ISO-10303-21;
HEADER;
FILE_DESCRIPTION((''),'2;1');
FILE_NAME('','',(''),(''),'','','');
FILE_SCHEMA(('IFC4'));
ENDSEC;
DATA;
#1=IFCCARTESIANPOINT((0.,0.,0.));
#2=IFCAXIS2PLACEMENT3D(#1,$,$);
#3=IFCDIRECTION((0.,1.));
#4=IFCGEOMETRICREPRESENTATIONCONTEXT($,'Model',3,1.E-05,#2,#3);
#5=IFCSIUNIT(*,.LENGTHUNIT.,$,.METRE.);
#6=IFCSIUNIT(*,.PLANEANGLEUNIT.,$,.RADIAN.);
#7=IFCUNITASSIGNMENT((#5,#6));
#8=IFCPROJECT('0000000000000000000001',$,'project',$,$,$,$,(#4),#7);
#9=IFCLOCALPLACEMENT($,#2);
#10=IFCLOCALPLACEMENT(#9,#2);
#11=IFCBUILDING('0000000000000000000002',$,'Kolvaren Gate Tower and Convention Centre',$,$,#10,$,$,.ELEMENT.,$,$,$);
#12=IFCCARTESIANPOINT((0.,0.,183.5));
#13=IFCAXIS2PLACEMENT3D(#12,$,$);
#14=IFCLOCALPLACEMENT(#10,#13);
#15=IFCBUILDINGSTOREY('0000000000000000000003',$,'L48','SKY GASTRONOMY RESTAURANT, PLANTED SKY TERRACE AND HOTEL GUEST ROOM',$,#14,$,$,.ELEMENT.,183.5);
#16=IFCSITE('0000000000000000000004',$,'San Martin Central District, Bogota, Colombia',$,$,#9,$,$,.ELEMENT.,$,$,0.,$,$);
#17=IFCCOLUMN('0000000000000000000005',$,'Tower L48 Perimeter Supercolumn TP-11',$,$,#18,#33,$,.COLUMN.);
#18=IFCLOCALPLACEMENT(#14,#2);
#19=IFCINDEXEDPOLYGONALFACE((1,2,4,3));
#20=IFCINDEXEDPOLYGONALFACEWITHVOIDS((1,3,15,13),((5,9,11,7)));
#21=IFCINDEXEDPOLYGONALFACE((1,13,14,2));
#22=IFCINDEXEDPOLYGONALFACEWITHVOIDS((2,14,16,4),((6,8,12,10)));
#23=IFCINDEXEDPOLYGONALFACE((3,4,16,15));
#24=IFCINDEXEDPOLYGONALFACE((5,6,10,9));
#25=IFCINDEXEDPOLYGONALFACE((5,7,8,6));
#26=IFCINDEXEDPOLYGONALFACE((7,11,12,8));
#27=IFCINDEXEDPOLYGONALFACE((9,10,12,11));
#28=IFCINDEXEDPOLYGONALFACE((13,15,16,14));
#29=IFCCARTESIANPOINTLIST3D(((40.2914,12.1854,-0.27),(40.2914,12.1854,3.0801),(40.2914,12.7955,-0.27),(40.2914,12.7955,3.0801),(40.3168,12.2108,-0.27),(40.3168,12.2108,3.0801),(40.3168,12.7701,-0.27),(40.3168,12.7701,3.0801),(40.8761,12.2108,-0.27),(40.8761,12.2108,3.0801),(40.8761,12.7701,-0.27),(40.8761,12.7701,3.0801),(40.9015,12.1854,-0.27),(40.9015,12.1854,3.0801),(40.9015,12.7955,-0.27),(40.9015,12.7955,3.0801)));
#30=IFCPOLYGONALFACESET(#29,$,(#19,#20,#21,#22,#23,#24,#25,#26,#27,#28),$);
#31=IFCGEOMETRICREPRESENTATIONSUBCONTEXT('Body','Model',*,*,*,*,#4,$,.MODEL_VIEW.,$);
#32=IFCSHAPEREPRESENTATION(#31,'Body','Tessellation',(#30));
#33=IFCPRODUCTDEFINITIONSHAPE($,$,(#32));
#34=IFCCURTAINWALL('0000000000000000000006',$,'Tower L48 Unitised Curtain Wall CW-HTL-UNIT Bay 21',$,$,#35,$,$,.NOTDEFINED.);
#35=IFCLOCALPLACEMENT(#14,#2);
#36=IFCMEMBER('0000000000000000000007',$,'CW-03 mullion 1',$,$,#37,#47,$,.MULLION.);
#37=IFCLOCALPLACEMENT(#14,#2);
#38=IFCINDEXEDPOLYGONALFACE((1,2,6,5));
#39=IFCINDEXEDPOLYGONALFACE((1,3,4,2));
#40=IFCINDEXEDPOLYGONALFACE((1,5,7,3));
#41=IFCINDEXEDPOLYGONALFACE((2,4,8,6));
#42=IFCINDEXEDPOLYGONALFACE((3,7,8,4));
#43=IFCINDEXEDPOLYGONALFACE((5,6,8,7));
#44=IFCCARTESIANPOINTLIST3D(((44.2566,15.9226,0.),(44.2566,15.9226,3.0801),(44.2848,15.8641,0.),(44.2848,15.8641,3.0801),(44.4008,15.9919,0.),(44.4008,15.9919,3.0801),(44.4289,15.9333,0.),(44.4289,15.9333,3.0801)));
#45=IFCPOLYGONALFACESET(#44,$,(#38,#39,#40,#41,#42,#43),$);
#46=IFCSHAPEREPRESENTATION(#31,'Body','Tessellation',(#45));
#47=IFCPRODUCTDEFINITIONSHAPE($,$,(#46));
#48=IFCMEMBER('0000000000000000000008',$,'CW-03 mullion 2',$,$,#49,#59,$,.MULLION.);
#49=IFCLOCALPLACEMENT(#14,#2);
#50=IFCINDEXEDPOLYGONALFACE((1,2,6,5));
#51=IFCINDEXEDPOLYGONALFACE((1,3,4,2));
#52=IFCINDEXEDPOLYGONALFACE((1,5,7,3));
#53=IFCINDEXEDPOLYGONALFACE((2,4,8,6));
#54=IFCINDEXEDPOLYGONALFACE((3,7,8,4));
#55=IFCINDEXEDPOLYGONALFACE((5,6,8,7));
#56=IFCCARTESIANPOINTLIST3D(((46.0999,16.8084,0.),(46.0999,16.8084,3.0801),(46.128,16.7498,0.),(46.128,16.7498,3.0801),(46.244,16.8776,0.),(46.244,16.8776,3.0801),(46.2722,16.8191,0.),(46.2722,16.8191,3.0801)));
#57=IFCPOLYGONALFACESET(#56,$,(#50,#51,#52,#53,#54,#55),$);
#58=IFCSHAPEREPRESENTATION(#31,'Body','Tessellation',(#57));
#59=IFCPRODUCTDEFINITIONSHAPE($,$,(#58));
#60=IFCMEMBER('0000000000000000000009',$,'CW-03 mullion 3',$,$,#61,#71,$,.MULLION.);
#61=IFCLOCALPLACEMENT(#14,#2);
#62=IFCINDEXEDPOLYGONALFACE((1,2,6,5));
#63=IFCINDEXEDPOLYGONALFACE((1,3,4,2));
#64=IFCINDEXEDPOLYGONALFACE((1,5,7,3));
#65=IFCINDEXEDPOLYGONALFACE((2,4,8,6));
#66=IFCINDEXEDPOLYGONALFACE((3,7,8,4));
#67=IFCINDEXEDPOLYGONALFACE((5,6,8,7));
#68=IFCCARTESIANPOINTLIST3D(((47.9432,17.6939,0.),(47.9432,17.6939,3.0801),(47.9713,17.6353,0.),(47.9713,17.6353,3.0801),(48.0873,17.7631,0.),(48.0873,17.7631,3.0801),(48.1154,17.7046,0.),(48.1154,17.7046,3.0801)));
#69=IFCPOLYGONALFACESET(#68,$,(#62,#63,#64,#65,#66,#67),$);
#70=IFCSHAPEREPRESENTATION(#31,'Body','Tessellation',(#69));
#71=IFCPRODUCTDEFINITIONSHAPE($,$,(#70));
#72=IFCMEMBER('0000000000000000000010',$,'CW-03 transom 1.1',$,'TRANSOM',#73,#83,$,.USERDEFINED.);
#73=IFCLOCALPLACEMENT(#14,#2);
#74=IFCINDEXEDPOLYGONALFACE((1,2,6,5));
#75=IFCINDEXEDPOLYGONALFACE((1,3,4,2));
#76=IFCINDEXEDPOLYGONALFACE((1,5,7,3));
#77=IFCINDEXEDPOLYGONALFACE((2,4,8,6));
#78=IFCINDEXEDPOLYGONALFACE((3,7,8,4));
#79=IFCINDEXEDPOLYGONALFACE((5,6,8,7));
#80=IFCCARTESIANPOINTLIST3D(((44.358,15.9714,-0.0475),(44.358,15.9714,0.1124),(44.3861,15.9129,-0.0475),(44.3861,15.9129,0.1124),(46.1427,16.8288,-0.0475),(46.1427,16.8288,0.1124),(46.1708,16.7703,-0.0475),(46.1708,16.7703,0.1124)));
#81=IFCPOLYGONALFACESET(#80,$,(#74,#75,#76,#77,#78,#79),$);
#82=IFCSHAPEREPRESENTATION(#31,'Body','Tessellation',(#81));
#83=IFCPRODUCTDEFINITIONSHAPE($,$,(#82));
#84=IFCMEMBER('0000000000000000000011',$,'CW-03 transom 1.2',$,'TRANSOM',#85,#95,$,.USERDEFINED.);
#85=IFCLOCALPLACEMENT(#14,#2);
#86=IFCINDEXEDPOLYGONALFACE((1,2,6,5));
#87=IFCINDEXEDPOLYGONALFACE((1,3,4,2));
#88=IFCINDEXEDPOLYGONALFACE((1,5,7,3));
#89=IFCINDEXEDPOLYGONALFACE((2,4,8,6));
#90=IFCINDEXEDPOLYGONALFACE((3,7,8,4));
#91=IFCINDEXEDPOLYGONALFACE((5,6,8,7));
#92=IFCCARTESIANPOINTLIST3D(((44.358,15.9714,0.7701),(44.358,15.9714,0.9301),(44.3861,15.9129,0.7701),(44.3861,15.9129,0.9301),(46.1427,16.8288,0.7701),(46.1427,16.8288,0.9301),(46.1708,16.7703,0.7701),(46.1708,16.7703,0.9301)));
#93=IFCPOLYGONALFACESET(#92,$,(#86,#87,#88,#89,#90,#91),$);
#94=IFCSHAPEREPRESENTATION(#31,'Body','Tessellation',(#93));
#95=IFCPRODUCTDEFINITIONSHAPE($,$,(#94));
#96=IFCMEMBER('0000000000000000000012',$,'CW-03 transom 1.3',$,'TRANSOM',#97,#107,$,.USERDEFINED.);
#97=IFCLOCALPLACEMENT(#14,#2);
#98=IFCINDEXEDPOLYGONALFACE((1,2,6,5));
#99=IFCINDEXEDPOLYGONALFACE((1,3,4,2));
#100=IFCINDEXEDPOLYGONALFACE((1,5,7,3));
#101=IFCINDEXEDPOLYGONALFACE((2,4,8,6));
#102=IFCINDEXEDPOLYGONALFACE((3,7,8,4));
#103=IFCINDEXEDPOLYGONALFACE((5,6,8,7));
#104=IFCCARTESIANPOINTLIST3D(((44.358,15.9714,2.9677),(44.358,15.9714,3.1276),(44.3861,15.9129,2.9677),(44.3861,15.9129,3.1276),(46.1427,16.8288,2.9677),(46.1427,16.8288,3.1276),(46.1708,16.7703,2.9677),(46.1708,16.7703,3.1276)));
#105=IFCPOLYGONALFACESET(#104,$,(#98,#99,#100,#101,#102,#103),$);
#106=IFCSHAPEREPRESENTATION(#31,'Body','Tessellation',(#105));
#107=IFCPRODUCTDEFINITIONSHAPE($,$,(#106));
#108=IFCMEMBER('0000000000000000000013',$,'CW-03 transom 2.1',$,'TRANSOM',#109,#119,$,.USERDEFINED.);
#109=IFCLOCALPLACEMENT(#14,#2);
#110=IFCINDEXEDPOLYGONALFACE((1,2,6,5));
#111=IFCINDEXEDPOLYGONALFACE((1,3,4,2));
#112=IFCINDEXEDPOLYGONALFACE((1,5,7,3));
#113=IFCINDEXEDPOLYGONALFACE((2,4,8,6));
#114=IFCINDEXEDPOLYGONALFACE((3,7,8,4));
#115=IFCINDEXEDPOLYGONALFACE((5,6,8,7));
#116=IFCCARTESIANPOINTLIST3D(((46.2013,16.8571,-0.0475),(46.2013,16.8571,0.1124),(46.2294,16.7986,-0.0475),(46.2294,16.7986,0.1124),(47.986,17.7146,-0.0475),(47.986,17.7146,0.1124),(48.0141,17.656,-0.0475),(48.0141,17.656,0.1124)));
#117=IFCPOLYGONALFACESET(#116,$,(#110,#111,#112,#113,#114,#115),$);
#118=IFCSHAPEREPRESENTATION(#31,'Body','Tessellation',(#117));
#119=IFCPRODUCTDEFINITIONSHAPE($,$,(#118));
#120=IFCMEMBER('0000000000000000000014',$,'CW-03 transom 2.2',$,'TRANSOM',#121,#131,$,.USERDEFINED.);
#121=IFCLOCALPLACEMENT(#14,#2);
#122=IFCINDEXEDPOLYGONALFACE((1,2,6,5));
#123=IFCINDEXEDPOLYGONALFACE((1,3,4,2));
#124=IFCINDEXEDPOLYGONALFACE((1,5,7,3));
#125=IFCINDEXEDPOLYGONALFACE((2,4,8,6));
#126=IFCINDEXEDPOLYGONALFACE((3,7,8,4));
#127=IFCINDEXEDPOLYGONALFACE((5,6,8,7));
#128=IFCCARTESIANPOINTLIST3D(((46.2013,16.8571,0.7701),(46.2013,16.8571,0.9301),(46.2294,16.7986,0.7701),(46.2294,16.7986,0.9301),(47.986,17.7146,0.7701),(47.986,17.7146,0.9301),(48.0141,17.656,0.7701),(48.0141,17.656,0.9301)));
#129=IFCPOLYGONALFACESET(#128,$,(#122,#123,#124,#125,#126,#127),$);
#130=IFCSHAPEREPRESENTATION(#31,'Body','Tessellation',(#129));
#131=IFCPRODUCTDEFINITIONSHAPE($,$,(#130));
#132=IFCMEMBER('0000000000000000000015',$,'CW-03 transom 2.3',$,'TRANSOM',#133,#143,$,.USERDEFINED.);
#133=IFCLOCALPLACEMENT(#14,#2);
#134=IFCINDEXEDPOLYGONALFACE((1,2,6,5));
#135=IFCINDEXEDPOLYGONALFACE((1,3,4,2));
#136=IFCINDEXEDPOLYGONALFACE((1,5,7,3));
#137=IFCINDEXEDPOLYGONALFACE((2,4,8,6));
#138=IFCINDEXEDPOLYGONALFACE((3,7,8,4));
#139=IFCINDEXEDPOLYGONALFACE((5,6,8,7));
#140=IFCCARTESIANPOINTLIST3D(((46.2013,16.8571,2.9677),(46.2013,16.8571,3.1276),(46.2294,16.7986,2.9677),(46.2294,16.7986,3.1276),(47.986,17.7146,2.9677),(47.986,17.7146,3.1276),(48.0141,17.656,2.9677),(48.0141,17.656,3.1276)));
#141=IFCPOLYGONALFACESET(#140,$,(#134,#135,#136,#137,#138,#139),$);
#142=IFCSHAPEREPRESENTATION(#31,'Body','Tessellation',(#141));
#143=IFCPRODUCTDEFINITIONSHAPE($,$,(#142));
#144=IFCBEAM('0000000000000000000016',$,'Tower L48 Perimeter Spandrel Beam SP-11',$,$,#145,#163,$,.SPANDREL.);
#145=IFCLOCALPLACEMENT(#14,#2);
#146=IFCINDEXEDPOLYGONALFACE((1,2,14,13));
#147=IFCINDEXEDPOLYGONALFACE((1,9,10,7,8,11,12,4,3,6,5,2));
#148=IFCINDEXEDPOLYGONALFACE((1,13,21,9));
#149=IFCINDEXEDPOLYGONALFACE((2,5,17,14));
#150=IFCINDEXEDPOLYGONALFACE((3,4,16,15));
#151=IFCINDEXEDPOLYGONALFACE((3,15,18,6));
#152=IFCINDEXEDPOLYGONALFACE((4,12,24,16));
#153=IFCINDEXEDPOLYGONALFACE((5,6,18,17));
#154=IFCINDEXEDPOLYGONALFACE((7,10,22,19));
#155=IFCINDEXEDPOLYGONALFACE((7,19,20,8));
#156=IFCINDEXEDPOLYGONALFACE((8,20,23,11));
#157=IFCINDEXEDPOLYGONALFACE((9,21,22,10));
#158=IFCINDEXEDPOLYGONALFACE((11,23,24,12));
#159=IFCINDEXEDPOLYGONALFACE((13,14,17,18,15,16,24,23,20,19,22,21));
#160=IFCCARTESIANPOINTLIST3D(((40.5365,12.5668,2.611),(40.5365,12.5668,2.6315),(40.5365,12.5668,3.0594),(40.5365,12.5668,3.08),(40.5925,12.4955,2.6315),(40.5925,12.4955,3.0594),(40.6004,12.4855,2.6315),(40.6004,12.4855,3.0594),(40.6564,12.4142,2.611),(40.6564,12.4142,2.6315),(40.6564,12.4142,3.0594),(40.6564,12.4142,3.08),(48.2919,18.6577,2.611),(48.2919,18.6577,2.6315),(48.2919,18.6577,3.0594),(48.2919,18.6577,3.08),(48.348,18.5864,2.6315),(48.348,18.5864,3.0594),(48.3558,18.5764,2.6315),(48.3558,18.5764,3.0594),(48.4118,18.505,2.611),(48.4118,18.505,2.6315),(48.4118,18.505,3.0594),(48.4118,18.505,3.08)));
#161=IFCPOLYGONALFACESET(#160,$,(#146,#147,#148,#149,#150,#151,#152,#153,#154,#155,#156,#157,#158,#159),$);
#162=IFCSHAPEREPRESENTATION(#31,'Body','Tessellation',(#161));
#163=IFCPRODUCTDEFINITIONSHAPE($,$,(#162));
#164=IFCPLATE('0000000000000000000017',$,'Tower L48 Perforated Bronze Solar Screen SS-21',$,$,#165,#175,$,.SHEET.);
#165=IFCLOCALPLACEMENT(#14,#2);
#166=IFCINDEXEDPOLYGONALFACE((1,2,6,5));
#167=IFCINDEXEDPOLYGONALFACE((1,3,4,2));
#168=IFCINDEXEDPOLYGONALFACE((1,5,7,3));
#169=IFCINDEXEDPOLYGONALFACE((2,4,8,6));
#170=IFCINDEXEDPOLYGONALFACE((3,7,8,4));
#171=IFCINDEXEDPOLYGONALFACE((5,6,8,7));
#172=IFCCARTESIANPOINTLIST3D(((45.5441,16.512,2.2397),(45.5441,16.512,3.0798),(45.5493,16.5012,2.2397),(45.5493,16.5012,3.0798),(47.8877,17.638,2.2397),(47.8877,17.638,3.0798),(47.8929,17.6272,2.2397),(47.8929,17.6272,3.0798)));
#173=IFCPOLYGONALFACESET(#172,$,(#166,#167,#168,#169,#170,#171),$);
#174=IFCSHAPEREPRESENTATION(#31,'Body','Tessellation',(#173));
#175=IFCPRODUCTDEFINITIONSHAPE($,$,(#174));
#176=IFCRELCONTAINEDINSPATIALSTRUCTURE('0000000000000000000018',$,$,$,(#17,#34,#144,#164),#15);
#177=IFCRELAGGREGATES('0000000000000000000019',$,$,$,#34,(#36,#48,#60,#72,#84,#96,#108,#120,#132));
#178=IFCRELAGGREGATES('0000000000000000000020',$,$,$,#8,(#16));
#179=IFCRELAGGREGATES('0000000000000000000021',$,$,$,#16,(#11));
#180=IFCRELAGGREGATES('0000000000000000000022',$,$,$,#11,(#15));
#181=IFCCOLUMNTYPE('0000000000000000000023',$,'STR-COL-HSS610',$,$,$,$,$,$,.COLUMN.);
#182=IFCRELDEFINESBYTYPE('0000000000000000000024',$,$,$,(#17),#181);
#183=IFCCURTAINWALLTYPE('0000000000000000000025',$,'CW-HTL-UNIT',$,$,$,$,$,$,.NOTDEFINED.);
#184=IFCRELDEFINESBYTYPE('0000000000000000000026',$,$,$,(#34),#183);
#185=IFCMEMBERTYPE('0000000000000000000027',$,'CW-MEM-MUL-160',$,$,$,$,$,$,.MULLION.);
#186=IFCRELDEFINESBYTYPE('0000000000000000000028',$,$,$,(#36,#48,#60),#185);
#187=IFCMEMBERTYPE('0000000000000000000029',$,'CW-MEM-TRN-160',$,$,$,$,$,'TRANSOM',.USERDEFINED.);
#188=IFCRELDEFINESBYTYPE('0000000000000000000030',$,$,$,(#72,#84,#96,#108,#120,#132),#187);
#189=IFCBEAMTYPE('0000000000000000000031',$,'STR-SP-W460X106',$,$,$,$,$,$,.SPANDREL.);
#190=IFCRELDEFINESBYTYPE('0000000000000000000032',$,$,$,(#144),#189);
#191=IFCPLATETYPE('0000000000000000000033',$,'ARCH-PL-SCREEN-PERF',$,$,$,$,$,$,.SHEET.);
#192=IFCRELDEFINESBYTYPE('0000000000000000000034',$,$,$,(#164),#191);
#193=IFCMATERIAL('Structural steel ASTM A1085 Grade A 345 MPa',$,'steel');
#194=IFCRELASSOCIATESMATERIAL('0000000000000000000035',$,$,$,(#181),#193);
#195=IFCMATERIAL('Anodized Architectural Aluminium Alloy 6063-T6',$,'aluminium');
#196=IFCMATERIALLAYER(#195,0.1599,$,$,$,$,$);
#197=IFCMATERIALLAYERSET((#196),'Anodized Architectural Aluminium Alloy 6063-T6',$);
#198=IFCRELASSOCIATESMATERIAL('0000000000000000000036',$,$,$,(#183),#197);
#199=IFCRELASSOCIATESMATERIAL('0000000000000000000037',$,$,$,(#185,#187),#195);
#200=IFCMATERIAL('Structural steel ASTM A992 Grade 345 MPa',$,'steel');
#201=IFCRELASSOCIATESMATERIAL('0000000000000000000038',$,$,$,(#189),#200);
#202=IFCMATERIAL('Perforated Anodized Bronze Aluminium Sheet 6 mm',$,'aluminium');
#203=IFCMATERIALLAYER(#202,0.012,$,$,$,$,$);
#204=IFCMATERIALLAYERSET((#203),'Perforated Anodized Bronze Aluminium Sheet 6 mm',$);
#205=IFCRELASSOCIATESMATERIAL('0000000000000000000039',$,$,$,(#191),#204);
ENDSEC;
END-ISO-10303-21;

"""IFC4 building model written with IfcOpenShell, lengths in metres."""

from ifc_helpers import new_model, si_unit, direction, frame, origin, origin_2d, place, context, subcontext, project, spatial, rectangle, hollow_rectangle, i_section, extrude, material, layer, layer_set, material_profile, profile_set, type_object, element, aggregate, save


model = new_model("IFC4")

# Units and contexts
model_context = context("Model", 3, precision=1e-05, world=origin(), true_north=direction((0.0, 1.0)))
body_context = subcontext(model_context, "Body", "Model", "MODEL_VIEW")
ifc_project = project(units=[si_unit("LENGTHUNIT", "METRE"), si_unit("PLANEANGLEUNIT", "RADIAN")], contexts=[model_context])

# Site, building, storey
site_placement = place(None, origin())
site = spatial("IfcSite", under=ifc_project, at=site_placement, Name="San Martin Central District, Bogota, Colombia", CompositionType="ELEMENT", RefElevation=0.0)
building_placement = place(site_placement, origin())
building = spatial("IfcBuilding", under=site, at=building_placement, Name="Kolvaren Gate Tower and Convention Centre", CompositionType="ELEMENT")
storey_placement = place(building_placement, frame((0.0, 0.0, 183.5)))
storey = spatial("IfcBuildingStorey", under=building, at=storey_placement, Name="L48", Description="SKY GASTRONOMY RESTAURANT, PLANTED SKY TERRACE AND HOTEL GUEST ROOM", CompositionType="ELEMENT", Elevation=183.5)

# Column
ifc_material_1 = material(Name="Structural steel ASTM A1085 Grade A 345 MPa", Category="steel")
ifc_material_profile_1 = material_profile(ifc_material_1, hollow_rectangle(XDim=0.6101, YDim=0.6101, WallThickness=0.0254, at=origin_2d()), Name="HSS610X610X25.4")
ifc_profile_set_1 = profile_set([ifc_material_profile_1], Name="Structural steel ASTM A1085 Grade A 345 MPa")
column_type = type_object("IfcColumnType", Name="STR-COL-HSS610", PredefinedType="COLUMN", material=ifc_profile_set_1)
column_placement = place(storey_placement, frame((40.5964, 12.4905, -0.27), z_axis=(0.0, 0.0, 1.0), x_axis=(1.0, 0.0, 0.0)))
element("IfcColumn", 1, at=column_placement, inside=storey, type_object=column_type, Name="Tower L48 Perimeter Supercolumn TP-11", PredefinedType="COLUMN", context=body_context, shape_type="SweptSolid", body=[
    extrude(hollow_rectangle(XDim=0.6101, YDim=0.6101, WallThickness=0.0254, at=origin_2d()), origin(), (0.0, 0.0, 1.0), 3.3501),
])

# Curtain wall, members
ifc_material_2 = material(Name="Anodized Architectural Aluminium Alloy 6063-T6", Category="aluminium")
ifc_layer_1 = layer(ifc_material_2, 0.1599)
ifc_layer_set_1 = layer_set([ifc_layer_1], Name="Anodized Architectural Aluminium Alloy 6063-T6")
curtain_wall_type = type_object("IfcCurtainWallType", Name="CW-HTL-UNIT", PredefinedType="NOTDEFINED", material=ifc_layer_set_1)
curtain_wall_placement = place(storey_placement, origin())
curtain_wall = element("IfcCurtainWall", 2, at=curtain_wall_placement, inside=storey, type_object=curtain_wall_type, Name="Tower L48 Unitised Curtain Wall CW-HTL-UNIT Bay 21", PredefinedType="NOTDEFINED")
ifc_material_profile_2 = material_profile(ifc_material_2, rectangle(XDim=0.0649, YDim=0.1599, at=origin_2d()), Name="CW-MEM-MUL-160")
ifc_profile_set_2 = profile_set([ifc_material_profile_2], Name="Anodized Architectural Aluminium Alloy 6063-T6")
member_type_1 = type_object("IfcMemberType", Name="CW-MEM-MUL-160", PredefinedType="MULLION", material=ifc_profile_set_2)
member_1_placement = place(storey_placement, frame((44.3428, 15.928, 0.0), z_axis=(0.0, 0.0, 1.0), x_axis=(-0.433074, 0.901358, 0.0)))
member_1 = element("IfcMember", 3, at=member_1_placement, type_object=member_type_1, Name="CW-03 mullion 1", PredefinedType="MULLION", context=body_context, shape_type="SweptSolid", body=[
    extrude(rectangle(XDim=0.0649, YDim=0.1599, at=origin_2d()), origin(), (0.0, 0.0, 1.0), 3.0801),
])
member_2_placement = place(storey_placement, frame((46.186, 16.8137, 0.0), z_axis=(0.0, 0.0, 1.0), x_axis=(-0.433074, 0.901358, 0.0)))
member_2 = element("IfcMember", 4, at=member_2_placement, type_object=member_type_1, Name="CW-03 mullion 2", PredefinedType="MULLION", context=body_context, shape_type="SweptSolid", body=[
    extrude(rectangle(XDim=0.0649, YDim=0.1599, at=origin_2d()), origin(), (0.0, 0.0, 1.0), 3.0801),
])
member_3_placement = place(storey_placement, frame((48.0293, 17.6992, 0.0), z_axis=(0.0, 0.0, 1.0), x_axis=(-0.433074, 0.901358, 0.0)))
member_3 = element("IfcMember", 5, at=member_3_placement, type_object=member_type_1, Name="CW-03 mullion 3", PredefinedType="MULLION", context=body_context, shape_type="SweptSolid", body=[
    extrude(rectangle(XDim=0.0649, YDim=0.1599, at=origin_2d()), origin(), (0.0, 0.0, 1.0), 3.0801),
])
ifc_material_profile_3 = material_profile(ifc_material_2, rectangle(XDim=0.0649, YDim=0.1599, at=origin_2d()), Name="CW-MEM-TRN-160")
ifc_profile_set_3 = profile_set([ifc_material_profile_3], Name="Anodized Architectural Aluminium Alloy 6063-T6")
member_type_2 = type_object("IfcMemberType", Name="CW-MEM-TRN-160", ElementType="TRANSOM", PredefinedType="USERDEFINED", material=ifc_profile_set_3)
member_4_placement = place(storey_placement, frame((44.3721, 15.9421, 0.0325), z_axis=(0.901369, 0.433052, 0.0), x_axis=(-0.433052, 0.901369, 0.0)))
member_4 = element("IfcMember", 6, at=member_4_placement, type_object=member_type_2, Name="CW-03 transom 1.1", ObjectType="TRANSOM", PredefinedType="USERDEFINED", context=body_context, shape_type="SweptSolid", body=[
    extrude(rectangle(XDim=0.0649, YDim=0.1599, at=origin_2d()), origin(), (0.0, 0.0, 1.0), 1.98),
])
member_5_placement = place(storey_placement, frame((44.3721, 15.9421, 0.8501), z_axis=(0.901369, 0.433052, 0.0), x_axis=(-0.433052, 0.901369, 0.0)))
member_5 = element("IfcMember", 7, at=member_5_placement, type_object=member_type_2, Name="CW-03 transom 1.2", ObjectType="TRANSOM", PredefinedType="USERDEFINED", context=body_context, shape_type="SweptSolid", body=[
    extrude(rectangle(XDim=0.0649, YDim=0.1599, at=origin_2d()), origin(), (0.0, 0.0, 1.0), 1.98),
])
member_6_placement = place(storey_placement, frame((44.3721, 15.9421, 3.0476), z_axis=(0.901369, 0.433052, 0.0), x_axis=(-0.433052, 0.901369, 0.0)))
member_6 = element("IfcMember", 8, at=member_6_placement, type_object=member_type_2, Name="CW-03 transom 1.3", ObjectType="TRANSOM", PredefinedType="USERDEFINED", context=body_context, shape_type="SweptSolid", body=[
    extrude(rectangle(XDim=0.0649, YDim=0.1599, at=origin_2d()), origin(), (0.0, 0.0, 1.0), 1.98),
])
member_7_placement = place(storey_placement, frame((46.2153, 16.8279, 0.0325), z_axis=(0.901369, 0.433052, 0.0), x_axis=(-0.433052, 0.901369, 0.0)))
member_7 = element("IfcMember", 9, at=member_7_placement, type_object=member_type_2, Name="CW-03 transom 2.1", ObjectType="TRANSOM", PredefinedType="USERDEFINED", context=body_context, shape_type="SweptSolid", body=[
    extrude(rectangle(XDim=0.0649, YDim=0.1599, at=origin_2d()), origin(), (0.0, 0.0, 1.0), 1.98),
])
member_8_placement = place(storey_placement, frame((46.2153, 16.8279, 0.8501), z_axis=(0.901369, 0.433052, 0.0), x_axis=(-0.433052, 0.901369, 0.0)))
member_8 = element("IfcMember", 10, at=member_8_placement, type_object=member_type_2, Name="CW-03 transom 2.2", ObjectType="TRANSOM", PredefinedType="USERDEFINED", context=body_context, shape_type="SweptSolid", body=[
    extrude(rectangle(XDim=0.0649, YDim=0.1599, at=origin_2d()), origin(), (0.0, 0.0, 1.0), 1.98),
])
member_9_placement = place(storey_placement, frame((46.2153, 16.8279, 3.0476), z_axis=(0.901369, 0.433052, 0.0), x_axis=(-0.433052, 0.901369, 0.0)))
member_9 = element("IfcMember", 11, at=member_9_placement, type_object=member_type_2, Name="CW-03 transom 2.3", ObjectType="TRANSOM", PredefinedType="USERDEFINED", context=body_context, shape_type="SweptSolid", body=[
    extrude(rectangle(XDim=0.0649, YDim=0.1599, at=origin_2d()), origin(), (0.0, 0.0, 1.0), 1.98),
])

# Beam
ifc_material_3 = material(Name="Structural steel ASTM A992 Grade 345 MPa", Category="steel")
ifc_material_profile_4 = material_profile(ifc_material_3, i_section(OverallWidth=0.1941, OverallDepth=0.469, WebThickness=0.0127, FlangeThickness=0.0205, at=origin_2d()), Name="W460X106")
ifc_profile_set_4 = profile_set([ifc_material_profile_4], Name="Structural steel ASTM A992 Grade 345 MPa")
beam_type = type_object("IfcBeamType", Name="STR-SP-W460X106", PredefinedType="SPANDREL", material=ifc_profile_set_4)
beam_placement = place(storey_placement, frame((40.5964, 12.4905, 2.8455), z_axis=(0.786451, 0.617653, 0.0), x_axis=(-0.617653, 0.786451, 0.0)))
element("IfcBeam", 12, at=beam_placement, inside=storey, type_object=beam_type, Name="Tower L48 Perimeter Spandrel Beam SP-11", PredefinedType="SPANDREL", context=body_context, shape_type="SweptSolid", body=[
    extrude(i_section(OverallWidth=0.1941, OverallDepth=0.469, WebThickness=0.0127, FlangeThickness=0.0205, at=origin_2d()), origin(), (0.0, 0.0, 1.0), 9.8613),
])

# Plate
ifc_material_4 = material(Name="Perforated Anodized Bronze Aluminium Sheet 6 mm", Category="aluminium")
ifc_layer_2 = layer(ifc_material_4, 0.012)
ifc_layer_set_2 = layer_set([ifc_layer_2], Name="Perforated Anodized Bronze Aluminium Sheet 6 mm")
plate_type_1 = type_object("IfcPlateType", Name="ARCH-PL-SCREEN-PERF", PredefinedType="SHEET", material=ifc_layer_set_2)
plate_1_placement = place(storey_placement, frame((46.7185, 17.0696, 2.2397), z_axis=(0.0, 0.0, 1.0), x_axis=(0.901358, 0.433074, 0.0)))
element("IfcPlate", 13, at=plate_1_placement, inside=storey, type_object=plate_type_1, Name="Tower L48 Perforated Bronze Solar Screen SS-21", PredefinedType="SHEET", context=body_context, shape_type="SweptSolid", body=[
    extrude(rectangle(XDim=2.6001, YDim=0.012, at=origin_2d()), origin(), (0.0, 0.0, 1.0), 0.8401),
])
aggregate(curtain_wall, [member_1, member_2, member_3, member_4, member_5, member_6, member_7, member_8, member_9])

save(model, "model.ifc")
